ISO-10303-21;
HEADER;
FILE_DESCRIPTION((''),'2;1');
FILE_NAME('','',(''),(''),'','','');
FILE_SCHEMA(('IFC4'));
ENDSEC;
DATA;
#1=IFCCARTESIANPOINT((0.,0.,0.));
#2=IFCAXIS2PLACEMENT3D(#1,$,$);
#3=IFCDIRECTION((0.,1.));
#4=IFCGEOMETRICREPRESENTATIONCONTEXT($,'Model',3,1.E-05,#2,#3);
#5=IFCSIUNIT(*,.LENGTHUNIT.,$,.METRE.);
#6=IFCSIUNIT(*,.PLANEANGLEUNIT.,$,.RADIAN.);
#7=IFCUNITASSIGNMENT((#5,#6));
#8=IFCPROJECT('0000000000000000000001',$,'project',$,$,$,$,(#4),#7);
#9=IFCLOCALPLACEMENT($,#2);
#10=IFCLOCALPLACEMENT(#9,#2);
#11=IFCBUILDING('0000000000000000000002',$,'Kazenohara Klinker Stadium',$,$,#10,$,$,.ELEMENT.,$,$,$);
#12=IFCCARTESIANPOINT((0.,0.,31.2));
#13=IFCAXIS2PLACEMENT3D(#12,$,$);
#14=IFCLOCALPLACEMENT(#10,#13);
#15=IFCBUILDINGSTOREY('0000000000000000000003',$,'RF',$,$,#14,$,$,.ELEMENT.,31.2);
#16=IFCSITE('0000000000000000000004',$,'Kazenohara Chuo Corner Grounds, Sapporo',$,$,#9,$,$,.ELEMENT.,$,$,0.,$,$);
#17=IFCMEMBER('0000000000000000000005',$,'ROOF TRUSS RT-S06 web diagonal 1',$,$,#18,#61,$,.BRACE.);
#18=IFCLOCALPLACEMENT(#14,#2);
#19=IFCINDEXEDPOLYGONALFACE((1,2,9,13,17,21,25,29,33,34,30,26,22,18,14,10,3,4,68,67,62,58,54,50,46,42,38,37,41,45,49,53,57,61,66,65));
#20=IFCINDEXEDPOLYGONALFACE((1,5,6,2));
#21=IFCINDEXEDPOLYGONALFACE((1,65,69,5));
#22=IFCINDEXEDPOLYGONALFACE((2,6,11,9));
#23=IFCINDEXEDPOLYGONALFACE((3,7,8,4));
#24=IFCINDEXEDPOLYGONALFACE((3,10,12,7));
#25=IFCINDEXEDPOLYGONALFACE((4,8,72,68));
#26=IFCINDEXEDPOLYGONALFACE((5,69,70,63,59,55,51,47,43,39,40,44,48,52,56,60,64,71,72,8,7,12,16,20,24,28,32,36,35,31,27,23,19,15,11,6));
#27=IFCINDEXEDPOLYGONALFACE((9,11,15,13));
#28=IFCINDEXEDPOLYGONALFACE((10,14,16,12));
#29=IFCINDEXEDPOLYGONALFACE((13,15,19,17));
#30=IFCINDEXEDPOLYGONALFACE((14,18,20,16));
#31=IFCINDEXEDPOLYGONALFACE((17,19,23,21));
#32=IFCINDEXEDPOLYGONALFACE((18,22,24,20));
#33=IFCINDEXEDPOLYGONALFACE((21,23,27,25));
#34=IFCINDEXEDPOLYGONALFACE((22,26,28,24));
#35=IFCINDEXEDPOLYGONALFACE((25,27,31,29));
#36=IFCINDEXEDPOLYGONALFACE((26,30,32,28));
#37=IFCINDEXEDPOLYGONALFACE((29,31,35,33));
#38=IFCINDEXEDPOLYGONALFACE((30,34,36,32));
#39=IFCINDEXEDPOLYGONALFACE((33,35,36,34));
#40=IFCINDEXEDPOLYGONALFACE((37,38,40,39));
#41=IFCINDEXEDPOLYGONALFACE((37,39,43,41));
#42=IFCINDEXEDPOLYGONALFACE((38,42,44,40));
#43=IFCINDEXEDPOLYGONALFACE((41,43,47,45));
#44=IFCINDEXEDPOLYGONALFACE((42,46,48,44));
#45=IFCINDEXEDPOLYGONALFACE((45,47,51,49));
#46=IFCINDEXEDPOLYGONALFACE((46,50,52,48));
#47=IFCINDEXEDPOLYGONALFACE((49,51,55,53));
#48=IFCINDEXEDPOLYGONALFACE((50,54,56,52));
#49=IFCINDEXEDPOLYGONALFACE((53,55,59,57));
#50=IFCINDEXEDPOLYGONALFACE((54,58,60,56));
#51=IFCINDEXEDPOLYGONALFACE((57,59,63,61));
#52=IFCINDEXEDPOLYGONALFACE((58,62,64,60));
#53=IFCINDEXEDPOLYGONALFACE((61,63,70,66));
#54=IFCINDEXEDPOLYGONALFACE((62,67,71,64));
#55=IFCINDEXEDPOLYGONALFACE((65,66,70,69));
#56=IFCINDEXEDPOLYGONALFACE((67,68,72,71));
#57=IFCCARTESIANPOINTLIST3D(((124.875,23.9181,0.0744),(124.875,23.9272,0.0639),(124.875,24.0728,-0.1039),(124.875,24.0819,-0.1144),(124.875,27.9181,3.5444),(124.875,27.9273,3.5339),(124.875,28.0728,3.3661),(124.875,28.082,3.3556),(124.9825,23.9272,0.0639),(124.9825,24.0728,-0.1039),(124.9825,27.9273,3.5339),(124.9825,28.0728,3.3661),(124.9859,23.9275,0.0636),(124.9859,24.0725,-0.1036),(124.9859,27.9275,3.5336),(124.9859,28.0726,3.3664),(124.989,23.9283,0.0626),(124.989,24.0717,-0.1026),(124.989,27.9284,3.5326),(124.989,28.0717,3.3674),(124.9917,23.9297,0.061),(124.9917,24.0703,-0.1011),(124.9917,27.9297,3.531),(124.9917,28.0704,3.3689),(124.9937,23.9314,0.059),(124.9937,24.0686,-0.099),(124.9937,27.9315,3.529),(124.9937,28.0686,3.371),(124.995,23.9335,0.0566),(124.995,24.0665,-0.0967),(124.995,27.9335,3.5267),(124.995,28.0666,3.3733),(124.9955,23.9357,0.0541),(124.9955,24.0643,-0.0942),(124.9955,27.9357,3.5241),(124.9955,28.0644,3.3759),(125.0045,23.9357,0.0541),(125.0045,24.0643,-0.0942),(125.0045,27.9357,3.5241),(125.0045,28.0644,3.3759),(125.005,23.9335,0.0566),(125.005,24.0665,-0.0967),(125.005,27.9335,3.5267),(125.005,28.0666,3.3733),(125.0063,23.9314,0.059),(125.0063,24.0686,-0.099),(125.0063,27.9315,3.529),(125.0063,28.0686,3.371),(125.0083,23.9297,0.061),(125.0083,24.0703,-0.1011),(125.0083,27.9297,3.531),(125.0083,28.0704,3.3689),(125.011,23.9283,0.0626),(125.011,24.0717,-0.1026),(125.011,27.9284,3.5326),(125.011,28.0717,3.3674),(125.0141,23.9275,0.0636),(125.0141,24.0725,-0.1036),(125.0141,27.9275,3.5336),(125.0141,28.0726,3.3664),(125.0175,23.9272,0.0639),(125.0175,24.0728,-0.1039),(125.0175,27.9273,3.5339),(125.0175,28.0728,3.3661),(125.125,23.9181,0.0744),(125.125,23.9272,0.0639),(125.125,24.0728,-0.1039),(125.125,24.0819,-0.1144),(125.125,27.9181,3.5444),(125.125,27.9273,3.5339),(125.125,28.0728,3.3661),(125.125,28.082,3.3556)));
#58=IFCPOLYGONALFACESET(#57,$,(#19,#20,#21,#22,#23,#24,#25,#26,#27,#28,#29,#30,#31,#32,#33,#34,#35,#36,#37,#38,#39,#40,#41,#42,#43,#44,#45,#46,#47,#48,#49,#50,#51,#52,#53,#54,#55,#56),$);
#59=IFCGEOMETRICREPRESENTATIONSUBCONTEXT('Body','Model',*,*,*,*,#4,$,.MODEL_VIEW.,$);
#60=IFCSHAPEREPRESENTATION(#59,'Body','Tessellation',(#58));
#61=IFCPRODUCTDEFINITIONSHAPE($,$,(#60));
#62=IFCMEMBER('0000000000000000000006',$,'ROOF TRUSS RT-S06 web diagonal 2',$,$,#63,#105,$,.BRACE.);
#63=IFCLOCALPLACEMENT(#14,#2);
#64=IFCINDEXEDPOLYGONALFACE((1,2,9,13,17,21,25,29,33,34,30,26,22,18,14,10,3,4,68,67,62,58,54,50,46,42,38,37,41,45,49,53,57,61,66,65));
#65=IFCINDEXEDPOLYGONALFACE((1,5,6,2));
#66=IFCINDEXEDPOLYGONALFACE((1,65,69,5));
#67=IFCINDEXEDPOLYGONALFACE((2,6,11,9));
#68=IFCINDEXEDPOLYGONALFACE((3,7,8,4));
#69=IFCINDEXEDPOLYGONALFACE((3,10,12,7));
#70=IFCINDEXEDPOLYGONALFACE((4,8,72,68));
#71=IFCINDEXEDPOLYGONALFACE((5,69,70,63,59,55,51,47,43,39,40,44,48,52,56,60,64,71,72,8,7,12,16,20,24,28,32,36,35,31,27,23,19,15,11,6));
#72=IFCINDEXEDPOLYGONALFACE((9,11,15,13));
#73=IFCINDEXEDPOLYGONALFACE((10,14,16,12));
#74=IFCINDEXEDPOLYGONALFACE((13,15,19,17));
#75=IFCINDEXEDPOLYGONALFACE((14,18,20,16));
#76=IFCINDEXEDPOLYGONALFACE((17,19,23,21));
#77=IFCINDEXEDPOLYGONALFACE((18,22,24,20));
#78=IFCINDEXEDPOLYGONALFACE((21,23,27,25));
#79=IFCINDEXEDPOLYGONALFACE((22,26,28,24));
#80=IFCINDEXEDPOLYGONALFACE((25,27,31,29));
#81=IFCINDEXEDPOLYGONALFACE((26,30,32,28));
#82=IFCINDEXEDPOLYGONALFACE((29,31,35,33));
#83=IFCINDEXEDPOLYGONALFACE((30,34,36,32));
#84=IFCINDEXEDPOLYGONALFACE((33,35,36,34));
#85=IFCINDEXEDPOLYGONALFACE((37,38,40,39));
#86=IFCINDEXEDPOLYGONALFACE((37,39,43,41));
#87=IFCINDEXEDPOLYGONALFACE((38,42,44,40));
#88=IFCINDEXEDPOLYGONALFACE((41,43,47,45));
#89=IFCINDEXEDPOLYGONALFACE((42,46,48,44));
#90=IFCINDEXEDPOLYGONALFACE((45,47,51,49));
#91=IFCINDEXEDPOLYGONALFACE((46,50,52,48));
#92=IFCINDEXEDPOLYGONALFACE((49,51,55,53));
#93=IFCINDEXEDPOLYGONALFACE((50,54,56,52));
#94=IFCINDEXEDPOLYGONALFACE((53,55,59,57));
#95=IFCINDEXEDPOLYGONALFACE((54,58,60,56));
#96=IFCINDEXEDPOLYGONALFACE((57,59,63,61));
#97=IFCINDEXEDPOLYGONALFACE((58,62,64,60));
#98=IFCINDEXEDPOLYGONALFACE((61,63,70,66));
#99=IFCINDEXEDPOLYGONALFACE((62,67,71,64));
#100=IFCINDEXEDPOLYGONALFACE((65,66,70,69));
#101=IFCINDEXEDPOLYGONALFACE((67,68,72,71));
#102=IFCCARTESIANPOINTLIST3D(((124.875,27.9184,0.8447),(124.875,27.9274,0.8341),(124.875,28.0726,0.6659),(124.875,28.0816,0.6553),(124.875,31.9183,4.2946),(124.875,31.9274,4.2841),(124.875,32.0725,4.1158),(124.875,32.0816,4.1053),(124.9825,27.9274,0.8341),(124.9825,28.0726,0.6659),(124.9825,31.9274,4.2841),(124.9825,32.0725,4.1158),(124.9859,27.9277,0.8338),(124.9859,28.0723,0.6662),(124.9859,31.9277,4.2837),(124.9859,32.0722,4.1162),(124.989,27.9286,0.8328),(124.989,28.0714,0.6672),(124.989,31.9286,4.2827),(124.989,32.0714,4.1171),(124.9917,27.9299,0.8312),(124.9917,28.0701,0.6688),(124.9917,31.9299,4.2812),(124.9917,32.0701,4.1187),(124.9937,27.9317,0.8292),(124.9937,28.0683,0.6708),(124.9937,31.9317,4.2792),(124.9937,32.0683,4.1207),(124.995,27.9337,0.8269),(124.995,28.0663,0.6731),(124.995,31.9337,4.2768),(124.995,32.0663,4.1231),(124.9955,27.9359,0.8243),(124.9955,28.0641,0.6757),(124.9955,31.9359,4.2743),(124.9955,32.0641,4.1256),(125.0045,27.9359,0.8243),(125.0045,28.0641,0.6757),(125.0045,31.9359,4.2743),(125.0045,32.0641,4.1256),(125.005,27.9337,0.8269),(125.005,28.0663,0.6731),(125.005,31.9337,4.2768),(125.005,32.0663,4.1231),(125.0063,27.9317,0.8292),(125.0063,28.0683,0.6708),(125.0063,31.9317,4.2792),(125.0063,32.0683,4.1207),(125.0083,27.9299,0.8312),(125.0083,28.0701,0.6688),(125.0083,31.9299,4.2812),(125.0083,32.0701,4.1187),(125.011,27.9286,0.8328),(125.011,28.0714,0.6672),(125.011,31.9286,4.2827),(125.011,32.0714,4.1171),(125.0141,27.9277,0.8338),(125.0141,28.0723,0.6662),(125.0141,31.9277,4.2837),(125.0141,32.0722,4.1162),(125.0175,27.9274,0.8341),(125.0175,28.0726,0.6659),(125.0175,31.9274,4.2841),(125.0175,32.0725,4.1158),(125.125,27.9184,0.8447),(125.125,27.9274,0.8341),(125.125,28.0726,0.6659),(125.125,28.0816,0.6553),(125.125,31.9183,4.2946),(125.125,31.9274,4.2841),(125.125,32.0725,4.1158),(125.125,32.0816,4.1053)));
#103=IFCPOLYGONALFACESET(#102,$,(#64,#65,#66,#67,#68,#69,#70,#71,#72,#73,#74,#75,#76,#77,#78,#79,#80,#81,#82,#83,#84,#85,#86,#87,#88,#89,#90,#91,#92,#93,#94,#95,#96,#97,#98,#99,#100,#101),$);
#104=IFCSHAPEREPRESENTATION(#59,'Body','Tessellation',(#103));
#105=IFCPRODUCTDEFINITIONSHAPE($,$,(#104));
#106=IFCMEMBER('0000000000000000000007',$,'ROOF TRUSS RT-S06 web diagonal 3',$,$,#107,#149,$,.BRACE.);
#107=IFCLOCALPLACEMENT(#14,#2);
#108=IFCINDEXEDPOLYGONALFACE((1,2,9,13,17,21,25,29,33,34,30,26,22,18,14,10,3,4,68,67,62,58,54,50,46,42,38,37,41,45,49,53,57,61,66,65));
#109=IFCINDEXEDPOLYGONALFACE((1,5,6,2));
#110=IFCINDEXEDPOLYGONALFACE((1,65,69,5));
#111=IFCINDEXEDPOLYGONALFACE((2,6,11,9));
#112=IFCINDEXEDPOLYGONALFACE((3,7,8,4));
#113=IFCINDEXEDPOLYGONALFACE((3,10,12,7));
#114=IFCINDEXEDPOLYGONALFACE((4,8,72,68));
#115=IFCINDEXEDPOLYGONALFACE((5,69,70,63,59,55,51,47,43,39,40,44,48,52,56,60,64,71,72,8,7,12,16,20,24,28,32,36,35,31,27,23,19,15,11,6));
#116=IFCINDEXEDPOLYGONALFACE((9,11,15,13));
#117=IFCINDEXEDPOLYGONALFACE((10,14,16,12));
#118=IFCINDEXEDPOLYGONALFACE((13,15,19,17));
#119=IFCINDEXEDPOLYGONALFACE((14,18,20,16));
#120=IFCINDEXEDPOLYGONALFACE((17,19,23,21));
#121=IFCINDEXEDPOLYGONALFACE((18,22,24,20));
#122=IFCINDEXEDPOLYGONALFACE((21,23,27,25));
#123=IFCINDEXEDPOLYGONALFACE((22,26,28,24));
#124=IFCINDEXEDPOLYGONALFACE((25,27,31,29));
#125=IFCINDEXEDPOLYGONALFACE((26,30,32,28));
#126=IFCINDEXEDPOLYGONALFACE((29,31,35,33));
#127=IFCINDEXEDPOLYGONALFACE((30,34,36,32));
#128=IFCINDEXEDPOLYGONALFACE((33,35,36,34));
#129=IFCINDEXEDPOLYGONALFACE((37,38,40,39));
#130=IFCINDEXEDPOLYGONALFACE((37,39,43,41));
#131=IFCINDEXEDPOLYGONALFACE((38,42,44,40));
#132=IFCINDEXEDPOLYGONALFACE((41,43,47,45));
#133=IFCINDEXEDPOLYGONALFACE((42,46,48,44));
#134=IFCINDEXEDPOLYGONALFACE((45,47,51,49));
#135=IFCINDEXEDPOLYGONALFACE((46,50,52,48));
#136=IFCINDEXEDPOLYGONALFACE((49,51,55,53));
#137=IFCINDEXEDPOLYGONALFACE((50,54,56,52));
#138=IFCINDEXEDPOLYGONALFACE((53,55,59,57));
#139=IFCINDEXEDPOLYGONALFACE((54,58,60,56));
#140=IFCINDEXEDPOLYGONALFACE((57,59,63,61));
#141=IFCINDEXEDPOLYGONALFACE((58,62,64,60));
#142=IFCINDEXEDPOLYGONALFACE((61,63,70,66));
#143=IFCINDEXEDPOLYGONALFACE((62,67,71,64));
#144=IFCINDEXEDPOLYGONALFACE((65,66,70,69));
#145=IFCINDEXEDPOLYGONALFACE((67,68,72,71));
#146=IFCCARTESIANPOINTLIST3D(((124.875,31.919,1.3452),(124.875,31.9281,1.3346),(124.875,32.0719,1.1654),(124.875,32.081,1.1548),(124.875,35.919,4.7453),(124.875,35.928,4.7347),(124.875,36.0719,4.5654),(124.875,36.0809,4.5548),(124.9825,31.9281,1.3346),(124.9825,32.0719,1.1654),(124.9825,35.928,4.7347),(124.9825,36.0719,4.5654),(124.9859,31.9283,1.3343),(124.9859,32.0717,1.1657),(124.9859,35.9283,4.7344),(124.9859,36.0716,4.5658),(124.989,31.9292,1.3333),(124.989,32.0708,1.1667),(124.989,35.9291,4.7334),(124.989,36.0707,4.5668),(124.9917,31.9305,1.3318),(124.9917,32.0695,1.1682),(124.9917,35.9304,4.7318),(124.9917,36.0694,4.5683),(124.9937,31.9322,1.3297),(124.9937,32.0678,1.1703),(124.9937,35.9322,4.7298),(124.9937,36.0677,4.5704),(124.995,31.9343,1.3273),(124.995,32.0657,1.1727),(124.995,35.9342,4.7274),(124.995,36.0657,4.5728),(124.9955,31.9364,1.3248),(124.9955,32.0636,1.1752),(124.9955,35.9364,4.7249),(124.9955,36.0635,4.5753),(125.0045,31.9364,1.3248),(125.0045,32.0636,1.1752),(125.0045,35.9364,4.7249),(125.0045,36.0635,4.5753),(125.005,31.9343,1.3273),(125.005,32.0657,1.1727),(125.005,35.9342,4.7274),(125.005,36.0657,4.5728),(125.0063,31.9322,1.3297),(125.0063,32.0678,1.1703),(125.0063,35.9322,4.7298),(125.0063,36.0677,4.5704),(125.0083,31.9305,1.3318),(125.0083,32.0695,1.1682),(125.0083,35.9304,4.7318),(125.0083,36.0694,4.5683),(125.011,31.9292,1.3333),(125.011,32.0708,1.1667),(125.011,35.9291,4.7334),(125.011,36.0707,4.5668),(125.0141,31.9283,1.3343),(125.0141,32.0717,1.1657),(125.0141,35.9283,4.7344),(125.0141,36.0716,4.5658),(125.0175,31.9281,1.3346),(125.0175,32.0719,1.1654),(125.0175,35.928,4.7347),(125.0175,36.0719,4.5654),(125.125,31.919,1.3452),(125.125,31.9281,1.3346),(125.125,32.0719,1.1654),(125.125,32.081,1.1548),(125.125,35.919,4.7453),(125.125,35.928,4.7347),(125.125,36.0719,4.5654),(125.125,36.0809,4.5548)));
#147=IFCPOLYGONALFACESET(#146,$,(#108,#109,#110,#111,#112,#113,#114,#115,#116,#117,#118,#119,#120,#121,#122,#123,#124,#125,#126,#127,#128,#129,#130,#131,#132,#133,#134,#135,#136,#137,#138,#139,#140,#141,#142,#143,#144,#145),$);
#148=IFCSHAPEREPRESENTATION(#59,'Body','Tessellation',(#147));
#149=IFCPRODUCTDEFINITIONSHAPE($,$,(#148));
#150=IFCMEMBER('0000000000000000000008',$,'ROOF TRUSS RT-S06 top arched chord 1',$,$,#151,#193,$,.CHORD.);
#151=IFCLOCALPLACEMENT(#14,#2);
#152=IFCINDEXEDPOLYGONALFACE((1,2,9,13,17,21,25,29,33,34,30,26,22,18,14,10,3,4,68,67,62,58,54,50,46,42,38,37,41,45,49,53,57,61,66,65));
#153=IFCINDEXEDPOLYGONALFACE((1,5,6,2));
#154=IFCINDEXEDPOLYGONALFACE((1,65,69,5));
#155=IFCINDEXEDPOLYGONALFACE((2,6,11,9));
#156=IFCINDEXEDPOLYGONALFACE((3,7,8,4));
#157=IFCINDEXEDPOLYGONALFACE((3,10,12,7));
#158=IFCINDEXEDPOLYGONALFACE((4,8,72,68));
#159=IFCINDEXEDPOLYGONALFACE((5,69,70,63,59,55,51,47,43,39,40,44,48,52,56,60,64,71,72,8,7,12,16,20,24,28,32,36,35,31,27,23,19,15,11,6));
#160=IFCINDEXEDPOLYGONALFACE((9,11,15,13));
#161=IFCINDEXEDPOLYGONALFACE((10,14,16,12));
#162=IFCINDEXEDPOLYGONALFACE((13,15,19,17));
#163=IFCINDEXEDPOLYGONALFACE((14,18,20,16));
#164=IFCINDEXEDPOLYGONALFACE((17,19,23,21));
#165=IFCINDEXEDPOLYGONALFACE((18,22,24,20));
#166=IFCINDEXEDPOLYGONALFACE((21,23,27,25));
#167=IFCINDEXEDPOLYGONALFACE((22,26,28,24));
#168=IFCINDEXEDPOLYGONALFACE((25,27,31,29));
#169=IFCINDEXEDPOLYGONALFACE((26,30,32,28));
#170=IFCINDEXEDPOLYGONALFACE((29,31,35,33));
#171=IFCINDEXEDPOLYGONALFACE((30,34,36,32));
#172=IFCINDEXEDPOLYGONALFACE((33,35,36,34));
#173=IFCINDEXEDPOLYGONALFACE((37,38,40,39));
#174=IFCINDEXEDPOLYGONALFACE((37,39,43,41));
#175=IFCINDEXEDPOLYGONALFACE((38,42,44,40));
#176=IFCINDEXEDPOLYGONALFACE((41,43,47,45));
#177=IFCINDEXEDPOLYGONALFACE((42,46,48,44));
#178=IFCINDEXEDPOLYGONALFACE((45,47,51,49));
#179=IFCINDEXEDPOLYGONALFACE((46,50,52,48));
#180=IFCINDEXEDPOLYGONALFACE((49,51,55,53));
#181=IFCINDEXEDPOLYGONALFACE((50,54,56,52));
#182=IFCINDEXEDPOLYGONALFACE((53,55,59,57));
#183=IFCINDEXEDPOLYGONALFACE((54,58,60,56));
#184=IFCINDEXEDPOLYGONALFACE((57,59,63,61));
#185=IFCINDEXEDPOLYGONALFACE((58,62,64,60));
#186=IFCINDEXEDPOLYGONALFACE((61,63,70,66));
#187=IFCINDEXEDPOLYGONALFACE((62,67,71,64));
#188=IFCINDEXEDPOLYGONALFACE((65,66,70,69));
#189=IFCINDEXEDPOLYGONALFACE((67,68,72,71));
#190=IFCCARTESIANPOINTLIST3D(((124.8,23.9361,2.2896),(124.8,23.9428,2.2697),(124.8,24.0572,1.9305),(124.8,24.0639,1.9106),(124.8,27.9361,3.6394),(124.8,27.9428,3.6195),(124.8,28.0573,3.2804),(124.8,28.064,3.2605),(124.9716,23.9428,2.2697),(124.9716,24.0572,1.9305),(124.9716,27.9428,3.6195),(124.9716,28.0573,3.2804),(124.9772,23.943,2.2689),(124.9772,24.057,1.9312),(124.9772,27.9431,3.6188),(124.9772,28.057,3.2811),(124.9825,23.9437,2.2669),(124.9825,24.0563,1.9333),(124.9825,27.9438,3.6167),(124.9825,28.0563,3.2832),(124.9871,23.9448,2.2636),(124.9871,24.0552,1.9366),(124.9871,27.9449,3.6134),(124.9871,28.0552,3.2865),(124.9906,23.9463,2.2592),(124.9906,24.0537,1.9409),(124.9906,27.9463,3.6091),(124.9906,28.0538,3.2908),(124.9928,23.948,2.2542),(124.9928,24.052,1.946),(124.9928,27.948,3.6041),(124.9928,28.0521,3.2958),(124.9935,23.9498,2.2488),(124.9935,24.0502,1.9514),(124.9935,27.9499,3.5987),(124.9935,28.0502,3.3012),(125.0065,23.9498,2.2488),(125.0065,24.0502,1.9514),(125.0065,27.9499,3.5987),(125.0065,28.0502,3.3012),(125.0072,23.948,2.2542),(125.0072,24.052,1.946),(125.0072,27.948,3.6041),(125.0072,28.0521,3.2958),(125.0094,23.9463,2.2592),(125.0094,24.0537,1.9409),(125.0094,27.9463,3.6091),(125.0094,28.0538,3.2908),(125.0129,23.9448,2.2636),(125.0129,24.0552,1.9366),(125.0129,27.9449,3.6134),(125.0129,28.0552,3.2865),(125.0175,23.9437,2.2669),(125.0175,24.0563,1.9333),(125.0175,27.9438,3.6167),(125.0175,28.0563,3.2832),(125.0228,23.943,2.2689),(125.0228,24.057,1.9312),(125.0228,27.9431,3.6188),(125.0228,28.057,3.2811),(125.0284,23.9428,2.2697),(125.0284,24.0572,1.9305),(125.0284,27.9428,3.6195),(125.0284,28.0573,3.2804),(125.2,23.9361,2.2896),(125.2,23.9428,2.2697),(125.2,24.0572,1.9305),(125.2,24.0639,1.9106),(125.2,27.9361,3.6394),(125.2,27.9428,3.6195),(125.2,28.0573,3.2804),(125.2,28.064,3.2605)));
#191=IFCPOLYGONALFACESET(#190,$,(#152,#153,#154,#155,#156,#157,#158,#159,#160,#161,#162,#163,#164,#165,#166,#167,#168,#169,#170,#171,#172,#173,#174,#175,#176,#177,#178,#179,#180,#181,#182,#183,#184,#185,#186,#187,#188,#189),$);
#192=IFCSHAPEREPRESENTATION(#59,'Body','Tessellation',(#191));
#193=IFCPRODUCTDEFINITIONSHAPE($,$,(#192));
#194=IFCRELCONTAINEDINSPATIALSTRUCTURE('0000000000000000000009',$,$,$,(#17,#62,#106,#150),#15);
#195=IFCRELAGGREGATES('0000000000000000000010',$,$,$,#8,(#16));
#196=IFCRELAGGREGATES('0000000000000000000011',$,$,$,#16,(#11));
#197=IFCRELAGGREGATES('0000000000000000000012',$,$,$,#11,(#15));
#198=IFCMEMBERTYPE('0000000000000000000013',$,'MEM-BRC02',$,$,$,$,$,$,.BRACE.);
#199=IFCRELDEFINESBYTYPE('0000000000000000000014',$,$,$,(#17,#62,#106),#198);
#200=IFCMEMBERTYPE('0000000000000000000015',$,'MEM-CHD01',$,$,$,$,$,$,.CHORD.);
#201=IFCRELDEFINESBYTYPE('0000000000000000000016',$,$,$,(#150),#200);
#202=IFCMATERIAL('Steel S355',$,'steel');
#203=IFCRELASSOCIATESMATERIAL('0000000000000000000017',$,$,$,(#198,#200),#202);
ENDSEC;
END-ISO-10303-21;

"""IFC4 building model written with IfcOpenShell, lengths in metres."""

from ifc_helpers import new_model, si_unit, direction, frame, origin, origin_2d, place, context, subcontext, project, spatial, i_section, extrude, material, material_profile, profile_set, type_object, element, save


model = new_model("IFC4")

# Units and contexts
model_context = context("Model", 3, precision=1e-05, world=origin(), true_north=direction((0.0, 1.0)))
body_context = subcontext(model_context, "Body", "Model", "MODEL_VIEW")
ifc_project = project(units=[si_unit("LENGTHUNIT", "METRE"), si_unit("PLANEANGLEUNIT", "RADIAN")], contexts=[model_context])

# Site, building, storey
site_placement = place(None, origin())
site = spatial("IfcSite", under=ifc_project, at=site_placement, Name="Kazenohara Chuo Corner Grounds, Sapporo", CompositionType="ELEMENT", RefElevation=0.0)
building_placement = place(site_placement, origin())
building = spatial("IfcBuilding", under=site, at=building_placement, Name="Kazenohara Klinker Stadium", CompositionType="ELEMENT")
storey_placement = place(building_placement, frame((0.0, 0.0, 31.2)))
storey = spatial("IfcBuildingStorey", under=building, at=storey_placement, Name="RF", CompositionType="ELEMENT", Elevation=31.2)

# Members
ifc_material_1 = material(Name="Steel S355", Category="steel")
ifc_material_profile_1 = material_profile(ifc_material_1, i_section(OverallWidth=0.25, OverallDepth=0.25, WebThickness=0.009, FlangeThickness=0.0139, FilletRadius=0.0129, at=origin_2d()), Name="H-250x250x9x14")
ifc_profile_set_1 = profile_set([ifc_material_profile_1], Name="Steel S355")
member_type_1 = type_object("IfcMemberType", Name="MEM-BRC02", PredefinedType="BRACE", material=ifc_profile_set_1)
member_1_placement = place(storey_placement, frame((125.0, 24.0, -0.02), z_axis=(0.0, 0.75538, 0.655287), x_axis=(-1.0, 0.0, 0.0)))
element("IfcMember", 1, at=member_1_placement, inside=storey, type_object=member_type_1, Name="ROOF TRUSS RT-S06 web diagonal 1", PredefinedType="BRACE", context=body_context, shape_type="SweptSolid", body=[
    extrude(i_section(OverallWidth=0.25, OverallDepth=0.25, WebThickness=0.009, FlangeThickness=0.0139, FilletRadius=0.0129, at=origin_2d()), origin(), (0.0, 0.0, 1.0), 5.2954),
])
member_2_placement = place(storey_placement, frame((125.0, 28.0, 0.75), z_axis=(0.0, 0.757253, 0.653122), x_axis=(-1.0, 0.0, 0.0)))
element("IfcMember", 2, at=member_2_placement, inside=storey, type_object=member_type_1, Name="ROOF TRUSS RT-S06 web diagonal 2", PredefinedType="BRACE", context=body_context, shape_type="SweptSolid", body=[
    extrude(i_section(OverallWidth=0.25, OverallDepth=0.25, WebThickness=0.009, FlangeThickness=0.0139, FilletRadius=0.0129, at=origin_2d()), origin(), (0.0, 0.0, 1.0), 5.2822),
])
member_3_placement = place(storey_placement, frame((125.0, 32.0, 1.25), z_axis=(0.0, 0.761926, 0.647665), x_axis=(-1.0, 0.0, 0.0)))
element("IfcMember", 3, at=member_3_placement, inside=storey, type_object=member_type_1, Name="ROOF TRUSS RT-S06 web diagonal 3", PredefinedType="BRACE", context=body_context, shape_type="SweptSolid", body=[
    extrude(i_section(OverallWidth=0.25, OverallDepth=0.25, WebThickness=0.009, FlangeThickness=0.0139, FilletRadius=0.0129, at=origin_2d()), origin(), (0.0, 0.0, 1.0), 5.2498),
])
ifc_material_profile_2 = material_profile(ifc_material_1, i_section(OverallWidth=0.3999, OverallDepth=0.3999, WebThickness=0.0129, FlangeThickness=0.021, FilletRadius=0.022, at=origin_2d()), Name="H-400x400x13x21")
ifc_profile_set_2 = profile_set([ifc_material_profile_2], Name="Steel S355")
member_type_2 = type_object("IfcMemberType", Name="MEM-CHD01", PredefinedType="CHORD", material=ifc_profile_set_2)
member_4_placement = place(storey_placement, frame((125.0, 24.0, 2.1001), z_axis=(0.0, 0.947503, 0.319747), x_axis=(-1.0, 0.0, 0.0)))
element("IfcMember", 4, at=member_4_placement, inside=storey, type_object=member_type_2, Name="ROOF TRUSS RT-S06 top arched chord 1", PredefinedType="CHORD", context=body_context, shape_type="SweptSolid", body=[
    extrude(i_section(OverallWidth=0.3999, OverallDepth=0.3999, WebThickness=0.0129, FlangeThickness=0.021, FilletRadius=0.022, at=origin_2d()), origin(), (0.0, 0.0, 1.0), 4.2217),
])

save(model, "model.ifc")
